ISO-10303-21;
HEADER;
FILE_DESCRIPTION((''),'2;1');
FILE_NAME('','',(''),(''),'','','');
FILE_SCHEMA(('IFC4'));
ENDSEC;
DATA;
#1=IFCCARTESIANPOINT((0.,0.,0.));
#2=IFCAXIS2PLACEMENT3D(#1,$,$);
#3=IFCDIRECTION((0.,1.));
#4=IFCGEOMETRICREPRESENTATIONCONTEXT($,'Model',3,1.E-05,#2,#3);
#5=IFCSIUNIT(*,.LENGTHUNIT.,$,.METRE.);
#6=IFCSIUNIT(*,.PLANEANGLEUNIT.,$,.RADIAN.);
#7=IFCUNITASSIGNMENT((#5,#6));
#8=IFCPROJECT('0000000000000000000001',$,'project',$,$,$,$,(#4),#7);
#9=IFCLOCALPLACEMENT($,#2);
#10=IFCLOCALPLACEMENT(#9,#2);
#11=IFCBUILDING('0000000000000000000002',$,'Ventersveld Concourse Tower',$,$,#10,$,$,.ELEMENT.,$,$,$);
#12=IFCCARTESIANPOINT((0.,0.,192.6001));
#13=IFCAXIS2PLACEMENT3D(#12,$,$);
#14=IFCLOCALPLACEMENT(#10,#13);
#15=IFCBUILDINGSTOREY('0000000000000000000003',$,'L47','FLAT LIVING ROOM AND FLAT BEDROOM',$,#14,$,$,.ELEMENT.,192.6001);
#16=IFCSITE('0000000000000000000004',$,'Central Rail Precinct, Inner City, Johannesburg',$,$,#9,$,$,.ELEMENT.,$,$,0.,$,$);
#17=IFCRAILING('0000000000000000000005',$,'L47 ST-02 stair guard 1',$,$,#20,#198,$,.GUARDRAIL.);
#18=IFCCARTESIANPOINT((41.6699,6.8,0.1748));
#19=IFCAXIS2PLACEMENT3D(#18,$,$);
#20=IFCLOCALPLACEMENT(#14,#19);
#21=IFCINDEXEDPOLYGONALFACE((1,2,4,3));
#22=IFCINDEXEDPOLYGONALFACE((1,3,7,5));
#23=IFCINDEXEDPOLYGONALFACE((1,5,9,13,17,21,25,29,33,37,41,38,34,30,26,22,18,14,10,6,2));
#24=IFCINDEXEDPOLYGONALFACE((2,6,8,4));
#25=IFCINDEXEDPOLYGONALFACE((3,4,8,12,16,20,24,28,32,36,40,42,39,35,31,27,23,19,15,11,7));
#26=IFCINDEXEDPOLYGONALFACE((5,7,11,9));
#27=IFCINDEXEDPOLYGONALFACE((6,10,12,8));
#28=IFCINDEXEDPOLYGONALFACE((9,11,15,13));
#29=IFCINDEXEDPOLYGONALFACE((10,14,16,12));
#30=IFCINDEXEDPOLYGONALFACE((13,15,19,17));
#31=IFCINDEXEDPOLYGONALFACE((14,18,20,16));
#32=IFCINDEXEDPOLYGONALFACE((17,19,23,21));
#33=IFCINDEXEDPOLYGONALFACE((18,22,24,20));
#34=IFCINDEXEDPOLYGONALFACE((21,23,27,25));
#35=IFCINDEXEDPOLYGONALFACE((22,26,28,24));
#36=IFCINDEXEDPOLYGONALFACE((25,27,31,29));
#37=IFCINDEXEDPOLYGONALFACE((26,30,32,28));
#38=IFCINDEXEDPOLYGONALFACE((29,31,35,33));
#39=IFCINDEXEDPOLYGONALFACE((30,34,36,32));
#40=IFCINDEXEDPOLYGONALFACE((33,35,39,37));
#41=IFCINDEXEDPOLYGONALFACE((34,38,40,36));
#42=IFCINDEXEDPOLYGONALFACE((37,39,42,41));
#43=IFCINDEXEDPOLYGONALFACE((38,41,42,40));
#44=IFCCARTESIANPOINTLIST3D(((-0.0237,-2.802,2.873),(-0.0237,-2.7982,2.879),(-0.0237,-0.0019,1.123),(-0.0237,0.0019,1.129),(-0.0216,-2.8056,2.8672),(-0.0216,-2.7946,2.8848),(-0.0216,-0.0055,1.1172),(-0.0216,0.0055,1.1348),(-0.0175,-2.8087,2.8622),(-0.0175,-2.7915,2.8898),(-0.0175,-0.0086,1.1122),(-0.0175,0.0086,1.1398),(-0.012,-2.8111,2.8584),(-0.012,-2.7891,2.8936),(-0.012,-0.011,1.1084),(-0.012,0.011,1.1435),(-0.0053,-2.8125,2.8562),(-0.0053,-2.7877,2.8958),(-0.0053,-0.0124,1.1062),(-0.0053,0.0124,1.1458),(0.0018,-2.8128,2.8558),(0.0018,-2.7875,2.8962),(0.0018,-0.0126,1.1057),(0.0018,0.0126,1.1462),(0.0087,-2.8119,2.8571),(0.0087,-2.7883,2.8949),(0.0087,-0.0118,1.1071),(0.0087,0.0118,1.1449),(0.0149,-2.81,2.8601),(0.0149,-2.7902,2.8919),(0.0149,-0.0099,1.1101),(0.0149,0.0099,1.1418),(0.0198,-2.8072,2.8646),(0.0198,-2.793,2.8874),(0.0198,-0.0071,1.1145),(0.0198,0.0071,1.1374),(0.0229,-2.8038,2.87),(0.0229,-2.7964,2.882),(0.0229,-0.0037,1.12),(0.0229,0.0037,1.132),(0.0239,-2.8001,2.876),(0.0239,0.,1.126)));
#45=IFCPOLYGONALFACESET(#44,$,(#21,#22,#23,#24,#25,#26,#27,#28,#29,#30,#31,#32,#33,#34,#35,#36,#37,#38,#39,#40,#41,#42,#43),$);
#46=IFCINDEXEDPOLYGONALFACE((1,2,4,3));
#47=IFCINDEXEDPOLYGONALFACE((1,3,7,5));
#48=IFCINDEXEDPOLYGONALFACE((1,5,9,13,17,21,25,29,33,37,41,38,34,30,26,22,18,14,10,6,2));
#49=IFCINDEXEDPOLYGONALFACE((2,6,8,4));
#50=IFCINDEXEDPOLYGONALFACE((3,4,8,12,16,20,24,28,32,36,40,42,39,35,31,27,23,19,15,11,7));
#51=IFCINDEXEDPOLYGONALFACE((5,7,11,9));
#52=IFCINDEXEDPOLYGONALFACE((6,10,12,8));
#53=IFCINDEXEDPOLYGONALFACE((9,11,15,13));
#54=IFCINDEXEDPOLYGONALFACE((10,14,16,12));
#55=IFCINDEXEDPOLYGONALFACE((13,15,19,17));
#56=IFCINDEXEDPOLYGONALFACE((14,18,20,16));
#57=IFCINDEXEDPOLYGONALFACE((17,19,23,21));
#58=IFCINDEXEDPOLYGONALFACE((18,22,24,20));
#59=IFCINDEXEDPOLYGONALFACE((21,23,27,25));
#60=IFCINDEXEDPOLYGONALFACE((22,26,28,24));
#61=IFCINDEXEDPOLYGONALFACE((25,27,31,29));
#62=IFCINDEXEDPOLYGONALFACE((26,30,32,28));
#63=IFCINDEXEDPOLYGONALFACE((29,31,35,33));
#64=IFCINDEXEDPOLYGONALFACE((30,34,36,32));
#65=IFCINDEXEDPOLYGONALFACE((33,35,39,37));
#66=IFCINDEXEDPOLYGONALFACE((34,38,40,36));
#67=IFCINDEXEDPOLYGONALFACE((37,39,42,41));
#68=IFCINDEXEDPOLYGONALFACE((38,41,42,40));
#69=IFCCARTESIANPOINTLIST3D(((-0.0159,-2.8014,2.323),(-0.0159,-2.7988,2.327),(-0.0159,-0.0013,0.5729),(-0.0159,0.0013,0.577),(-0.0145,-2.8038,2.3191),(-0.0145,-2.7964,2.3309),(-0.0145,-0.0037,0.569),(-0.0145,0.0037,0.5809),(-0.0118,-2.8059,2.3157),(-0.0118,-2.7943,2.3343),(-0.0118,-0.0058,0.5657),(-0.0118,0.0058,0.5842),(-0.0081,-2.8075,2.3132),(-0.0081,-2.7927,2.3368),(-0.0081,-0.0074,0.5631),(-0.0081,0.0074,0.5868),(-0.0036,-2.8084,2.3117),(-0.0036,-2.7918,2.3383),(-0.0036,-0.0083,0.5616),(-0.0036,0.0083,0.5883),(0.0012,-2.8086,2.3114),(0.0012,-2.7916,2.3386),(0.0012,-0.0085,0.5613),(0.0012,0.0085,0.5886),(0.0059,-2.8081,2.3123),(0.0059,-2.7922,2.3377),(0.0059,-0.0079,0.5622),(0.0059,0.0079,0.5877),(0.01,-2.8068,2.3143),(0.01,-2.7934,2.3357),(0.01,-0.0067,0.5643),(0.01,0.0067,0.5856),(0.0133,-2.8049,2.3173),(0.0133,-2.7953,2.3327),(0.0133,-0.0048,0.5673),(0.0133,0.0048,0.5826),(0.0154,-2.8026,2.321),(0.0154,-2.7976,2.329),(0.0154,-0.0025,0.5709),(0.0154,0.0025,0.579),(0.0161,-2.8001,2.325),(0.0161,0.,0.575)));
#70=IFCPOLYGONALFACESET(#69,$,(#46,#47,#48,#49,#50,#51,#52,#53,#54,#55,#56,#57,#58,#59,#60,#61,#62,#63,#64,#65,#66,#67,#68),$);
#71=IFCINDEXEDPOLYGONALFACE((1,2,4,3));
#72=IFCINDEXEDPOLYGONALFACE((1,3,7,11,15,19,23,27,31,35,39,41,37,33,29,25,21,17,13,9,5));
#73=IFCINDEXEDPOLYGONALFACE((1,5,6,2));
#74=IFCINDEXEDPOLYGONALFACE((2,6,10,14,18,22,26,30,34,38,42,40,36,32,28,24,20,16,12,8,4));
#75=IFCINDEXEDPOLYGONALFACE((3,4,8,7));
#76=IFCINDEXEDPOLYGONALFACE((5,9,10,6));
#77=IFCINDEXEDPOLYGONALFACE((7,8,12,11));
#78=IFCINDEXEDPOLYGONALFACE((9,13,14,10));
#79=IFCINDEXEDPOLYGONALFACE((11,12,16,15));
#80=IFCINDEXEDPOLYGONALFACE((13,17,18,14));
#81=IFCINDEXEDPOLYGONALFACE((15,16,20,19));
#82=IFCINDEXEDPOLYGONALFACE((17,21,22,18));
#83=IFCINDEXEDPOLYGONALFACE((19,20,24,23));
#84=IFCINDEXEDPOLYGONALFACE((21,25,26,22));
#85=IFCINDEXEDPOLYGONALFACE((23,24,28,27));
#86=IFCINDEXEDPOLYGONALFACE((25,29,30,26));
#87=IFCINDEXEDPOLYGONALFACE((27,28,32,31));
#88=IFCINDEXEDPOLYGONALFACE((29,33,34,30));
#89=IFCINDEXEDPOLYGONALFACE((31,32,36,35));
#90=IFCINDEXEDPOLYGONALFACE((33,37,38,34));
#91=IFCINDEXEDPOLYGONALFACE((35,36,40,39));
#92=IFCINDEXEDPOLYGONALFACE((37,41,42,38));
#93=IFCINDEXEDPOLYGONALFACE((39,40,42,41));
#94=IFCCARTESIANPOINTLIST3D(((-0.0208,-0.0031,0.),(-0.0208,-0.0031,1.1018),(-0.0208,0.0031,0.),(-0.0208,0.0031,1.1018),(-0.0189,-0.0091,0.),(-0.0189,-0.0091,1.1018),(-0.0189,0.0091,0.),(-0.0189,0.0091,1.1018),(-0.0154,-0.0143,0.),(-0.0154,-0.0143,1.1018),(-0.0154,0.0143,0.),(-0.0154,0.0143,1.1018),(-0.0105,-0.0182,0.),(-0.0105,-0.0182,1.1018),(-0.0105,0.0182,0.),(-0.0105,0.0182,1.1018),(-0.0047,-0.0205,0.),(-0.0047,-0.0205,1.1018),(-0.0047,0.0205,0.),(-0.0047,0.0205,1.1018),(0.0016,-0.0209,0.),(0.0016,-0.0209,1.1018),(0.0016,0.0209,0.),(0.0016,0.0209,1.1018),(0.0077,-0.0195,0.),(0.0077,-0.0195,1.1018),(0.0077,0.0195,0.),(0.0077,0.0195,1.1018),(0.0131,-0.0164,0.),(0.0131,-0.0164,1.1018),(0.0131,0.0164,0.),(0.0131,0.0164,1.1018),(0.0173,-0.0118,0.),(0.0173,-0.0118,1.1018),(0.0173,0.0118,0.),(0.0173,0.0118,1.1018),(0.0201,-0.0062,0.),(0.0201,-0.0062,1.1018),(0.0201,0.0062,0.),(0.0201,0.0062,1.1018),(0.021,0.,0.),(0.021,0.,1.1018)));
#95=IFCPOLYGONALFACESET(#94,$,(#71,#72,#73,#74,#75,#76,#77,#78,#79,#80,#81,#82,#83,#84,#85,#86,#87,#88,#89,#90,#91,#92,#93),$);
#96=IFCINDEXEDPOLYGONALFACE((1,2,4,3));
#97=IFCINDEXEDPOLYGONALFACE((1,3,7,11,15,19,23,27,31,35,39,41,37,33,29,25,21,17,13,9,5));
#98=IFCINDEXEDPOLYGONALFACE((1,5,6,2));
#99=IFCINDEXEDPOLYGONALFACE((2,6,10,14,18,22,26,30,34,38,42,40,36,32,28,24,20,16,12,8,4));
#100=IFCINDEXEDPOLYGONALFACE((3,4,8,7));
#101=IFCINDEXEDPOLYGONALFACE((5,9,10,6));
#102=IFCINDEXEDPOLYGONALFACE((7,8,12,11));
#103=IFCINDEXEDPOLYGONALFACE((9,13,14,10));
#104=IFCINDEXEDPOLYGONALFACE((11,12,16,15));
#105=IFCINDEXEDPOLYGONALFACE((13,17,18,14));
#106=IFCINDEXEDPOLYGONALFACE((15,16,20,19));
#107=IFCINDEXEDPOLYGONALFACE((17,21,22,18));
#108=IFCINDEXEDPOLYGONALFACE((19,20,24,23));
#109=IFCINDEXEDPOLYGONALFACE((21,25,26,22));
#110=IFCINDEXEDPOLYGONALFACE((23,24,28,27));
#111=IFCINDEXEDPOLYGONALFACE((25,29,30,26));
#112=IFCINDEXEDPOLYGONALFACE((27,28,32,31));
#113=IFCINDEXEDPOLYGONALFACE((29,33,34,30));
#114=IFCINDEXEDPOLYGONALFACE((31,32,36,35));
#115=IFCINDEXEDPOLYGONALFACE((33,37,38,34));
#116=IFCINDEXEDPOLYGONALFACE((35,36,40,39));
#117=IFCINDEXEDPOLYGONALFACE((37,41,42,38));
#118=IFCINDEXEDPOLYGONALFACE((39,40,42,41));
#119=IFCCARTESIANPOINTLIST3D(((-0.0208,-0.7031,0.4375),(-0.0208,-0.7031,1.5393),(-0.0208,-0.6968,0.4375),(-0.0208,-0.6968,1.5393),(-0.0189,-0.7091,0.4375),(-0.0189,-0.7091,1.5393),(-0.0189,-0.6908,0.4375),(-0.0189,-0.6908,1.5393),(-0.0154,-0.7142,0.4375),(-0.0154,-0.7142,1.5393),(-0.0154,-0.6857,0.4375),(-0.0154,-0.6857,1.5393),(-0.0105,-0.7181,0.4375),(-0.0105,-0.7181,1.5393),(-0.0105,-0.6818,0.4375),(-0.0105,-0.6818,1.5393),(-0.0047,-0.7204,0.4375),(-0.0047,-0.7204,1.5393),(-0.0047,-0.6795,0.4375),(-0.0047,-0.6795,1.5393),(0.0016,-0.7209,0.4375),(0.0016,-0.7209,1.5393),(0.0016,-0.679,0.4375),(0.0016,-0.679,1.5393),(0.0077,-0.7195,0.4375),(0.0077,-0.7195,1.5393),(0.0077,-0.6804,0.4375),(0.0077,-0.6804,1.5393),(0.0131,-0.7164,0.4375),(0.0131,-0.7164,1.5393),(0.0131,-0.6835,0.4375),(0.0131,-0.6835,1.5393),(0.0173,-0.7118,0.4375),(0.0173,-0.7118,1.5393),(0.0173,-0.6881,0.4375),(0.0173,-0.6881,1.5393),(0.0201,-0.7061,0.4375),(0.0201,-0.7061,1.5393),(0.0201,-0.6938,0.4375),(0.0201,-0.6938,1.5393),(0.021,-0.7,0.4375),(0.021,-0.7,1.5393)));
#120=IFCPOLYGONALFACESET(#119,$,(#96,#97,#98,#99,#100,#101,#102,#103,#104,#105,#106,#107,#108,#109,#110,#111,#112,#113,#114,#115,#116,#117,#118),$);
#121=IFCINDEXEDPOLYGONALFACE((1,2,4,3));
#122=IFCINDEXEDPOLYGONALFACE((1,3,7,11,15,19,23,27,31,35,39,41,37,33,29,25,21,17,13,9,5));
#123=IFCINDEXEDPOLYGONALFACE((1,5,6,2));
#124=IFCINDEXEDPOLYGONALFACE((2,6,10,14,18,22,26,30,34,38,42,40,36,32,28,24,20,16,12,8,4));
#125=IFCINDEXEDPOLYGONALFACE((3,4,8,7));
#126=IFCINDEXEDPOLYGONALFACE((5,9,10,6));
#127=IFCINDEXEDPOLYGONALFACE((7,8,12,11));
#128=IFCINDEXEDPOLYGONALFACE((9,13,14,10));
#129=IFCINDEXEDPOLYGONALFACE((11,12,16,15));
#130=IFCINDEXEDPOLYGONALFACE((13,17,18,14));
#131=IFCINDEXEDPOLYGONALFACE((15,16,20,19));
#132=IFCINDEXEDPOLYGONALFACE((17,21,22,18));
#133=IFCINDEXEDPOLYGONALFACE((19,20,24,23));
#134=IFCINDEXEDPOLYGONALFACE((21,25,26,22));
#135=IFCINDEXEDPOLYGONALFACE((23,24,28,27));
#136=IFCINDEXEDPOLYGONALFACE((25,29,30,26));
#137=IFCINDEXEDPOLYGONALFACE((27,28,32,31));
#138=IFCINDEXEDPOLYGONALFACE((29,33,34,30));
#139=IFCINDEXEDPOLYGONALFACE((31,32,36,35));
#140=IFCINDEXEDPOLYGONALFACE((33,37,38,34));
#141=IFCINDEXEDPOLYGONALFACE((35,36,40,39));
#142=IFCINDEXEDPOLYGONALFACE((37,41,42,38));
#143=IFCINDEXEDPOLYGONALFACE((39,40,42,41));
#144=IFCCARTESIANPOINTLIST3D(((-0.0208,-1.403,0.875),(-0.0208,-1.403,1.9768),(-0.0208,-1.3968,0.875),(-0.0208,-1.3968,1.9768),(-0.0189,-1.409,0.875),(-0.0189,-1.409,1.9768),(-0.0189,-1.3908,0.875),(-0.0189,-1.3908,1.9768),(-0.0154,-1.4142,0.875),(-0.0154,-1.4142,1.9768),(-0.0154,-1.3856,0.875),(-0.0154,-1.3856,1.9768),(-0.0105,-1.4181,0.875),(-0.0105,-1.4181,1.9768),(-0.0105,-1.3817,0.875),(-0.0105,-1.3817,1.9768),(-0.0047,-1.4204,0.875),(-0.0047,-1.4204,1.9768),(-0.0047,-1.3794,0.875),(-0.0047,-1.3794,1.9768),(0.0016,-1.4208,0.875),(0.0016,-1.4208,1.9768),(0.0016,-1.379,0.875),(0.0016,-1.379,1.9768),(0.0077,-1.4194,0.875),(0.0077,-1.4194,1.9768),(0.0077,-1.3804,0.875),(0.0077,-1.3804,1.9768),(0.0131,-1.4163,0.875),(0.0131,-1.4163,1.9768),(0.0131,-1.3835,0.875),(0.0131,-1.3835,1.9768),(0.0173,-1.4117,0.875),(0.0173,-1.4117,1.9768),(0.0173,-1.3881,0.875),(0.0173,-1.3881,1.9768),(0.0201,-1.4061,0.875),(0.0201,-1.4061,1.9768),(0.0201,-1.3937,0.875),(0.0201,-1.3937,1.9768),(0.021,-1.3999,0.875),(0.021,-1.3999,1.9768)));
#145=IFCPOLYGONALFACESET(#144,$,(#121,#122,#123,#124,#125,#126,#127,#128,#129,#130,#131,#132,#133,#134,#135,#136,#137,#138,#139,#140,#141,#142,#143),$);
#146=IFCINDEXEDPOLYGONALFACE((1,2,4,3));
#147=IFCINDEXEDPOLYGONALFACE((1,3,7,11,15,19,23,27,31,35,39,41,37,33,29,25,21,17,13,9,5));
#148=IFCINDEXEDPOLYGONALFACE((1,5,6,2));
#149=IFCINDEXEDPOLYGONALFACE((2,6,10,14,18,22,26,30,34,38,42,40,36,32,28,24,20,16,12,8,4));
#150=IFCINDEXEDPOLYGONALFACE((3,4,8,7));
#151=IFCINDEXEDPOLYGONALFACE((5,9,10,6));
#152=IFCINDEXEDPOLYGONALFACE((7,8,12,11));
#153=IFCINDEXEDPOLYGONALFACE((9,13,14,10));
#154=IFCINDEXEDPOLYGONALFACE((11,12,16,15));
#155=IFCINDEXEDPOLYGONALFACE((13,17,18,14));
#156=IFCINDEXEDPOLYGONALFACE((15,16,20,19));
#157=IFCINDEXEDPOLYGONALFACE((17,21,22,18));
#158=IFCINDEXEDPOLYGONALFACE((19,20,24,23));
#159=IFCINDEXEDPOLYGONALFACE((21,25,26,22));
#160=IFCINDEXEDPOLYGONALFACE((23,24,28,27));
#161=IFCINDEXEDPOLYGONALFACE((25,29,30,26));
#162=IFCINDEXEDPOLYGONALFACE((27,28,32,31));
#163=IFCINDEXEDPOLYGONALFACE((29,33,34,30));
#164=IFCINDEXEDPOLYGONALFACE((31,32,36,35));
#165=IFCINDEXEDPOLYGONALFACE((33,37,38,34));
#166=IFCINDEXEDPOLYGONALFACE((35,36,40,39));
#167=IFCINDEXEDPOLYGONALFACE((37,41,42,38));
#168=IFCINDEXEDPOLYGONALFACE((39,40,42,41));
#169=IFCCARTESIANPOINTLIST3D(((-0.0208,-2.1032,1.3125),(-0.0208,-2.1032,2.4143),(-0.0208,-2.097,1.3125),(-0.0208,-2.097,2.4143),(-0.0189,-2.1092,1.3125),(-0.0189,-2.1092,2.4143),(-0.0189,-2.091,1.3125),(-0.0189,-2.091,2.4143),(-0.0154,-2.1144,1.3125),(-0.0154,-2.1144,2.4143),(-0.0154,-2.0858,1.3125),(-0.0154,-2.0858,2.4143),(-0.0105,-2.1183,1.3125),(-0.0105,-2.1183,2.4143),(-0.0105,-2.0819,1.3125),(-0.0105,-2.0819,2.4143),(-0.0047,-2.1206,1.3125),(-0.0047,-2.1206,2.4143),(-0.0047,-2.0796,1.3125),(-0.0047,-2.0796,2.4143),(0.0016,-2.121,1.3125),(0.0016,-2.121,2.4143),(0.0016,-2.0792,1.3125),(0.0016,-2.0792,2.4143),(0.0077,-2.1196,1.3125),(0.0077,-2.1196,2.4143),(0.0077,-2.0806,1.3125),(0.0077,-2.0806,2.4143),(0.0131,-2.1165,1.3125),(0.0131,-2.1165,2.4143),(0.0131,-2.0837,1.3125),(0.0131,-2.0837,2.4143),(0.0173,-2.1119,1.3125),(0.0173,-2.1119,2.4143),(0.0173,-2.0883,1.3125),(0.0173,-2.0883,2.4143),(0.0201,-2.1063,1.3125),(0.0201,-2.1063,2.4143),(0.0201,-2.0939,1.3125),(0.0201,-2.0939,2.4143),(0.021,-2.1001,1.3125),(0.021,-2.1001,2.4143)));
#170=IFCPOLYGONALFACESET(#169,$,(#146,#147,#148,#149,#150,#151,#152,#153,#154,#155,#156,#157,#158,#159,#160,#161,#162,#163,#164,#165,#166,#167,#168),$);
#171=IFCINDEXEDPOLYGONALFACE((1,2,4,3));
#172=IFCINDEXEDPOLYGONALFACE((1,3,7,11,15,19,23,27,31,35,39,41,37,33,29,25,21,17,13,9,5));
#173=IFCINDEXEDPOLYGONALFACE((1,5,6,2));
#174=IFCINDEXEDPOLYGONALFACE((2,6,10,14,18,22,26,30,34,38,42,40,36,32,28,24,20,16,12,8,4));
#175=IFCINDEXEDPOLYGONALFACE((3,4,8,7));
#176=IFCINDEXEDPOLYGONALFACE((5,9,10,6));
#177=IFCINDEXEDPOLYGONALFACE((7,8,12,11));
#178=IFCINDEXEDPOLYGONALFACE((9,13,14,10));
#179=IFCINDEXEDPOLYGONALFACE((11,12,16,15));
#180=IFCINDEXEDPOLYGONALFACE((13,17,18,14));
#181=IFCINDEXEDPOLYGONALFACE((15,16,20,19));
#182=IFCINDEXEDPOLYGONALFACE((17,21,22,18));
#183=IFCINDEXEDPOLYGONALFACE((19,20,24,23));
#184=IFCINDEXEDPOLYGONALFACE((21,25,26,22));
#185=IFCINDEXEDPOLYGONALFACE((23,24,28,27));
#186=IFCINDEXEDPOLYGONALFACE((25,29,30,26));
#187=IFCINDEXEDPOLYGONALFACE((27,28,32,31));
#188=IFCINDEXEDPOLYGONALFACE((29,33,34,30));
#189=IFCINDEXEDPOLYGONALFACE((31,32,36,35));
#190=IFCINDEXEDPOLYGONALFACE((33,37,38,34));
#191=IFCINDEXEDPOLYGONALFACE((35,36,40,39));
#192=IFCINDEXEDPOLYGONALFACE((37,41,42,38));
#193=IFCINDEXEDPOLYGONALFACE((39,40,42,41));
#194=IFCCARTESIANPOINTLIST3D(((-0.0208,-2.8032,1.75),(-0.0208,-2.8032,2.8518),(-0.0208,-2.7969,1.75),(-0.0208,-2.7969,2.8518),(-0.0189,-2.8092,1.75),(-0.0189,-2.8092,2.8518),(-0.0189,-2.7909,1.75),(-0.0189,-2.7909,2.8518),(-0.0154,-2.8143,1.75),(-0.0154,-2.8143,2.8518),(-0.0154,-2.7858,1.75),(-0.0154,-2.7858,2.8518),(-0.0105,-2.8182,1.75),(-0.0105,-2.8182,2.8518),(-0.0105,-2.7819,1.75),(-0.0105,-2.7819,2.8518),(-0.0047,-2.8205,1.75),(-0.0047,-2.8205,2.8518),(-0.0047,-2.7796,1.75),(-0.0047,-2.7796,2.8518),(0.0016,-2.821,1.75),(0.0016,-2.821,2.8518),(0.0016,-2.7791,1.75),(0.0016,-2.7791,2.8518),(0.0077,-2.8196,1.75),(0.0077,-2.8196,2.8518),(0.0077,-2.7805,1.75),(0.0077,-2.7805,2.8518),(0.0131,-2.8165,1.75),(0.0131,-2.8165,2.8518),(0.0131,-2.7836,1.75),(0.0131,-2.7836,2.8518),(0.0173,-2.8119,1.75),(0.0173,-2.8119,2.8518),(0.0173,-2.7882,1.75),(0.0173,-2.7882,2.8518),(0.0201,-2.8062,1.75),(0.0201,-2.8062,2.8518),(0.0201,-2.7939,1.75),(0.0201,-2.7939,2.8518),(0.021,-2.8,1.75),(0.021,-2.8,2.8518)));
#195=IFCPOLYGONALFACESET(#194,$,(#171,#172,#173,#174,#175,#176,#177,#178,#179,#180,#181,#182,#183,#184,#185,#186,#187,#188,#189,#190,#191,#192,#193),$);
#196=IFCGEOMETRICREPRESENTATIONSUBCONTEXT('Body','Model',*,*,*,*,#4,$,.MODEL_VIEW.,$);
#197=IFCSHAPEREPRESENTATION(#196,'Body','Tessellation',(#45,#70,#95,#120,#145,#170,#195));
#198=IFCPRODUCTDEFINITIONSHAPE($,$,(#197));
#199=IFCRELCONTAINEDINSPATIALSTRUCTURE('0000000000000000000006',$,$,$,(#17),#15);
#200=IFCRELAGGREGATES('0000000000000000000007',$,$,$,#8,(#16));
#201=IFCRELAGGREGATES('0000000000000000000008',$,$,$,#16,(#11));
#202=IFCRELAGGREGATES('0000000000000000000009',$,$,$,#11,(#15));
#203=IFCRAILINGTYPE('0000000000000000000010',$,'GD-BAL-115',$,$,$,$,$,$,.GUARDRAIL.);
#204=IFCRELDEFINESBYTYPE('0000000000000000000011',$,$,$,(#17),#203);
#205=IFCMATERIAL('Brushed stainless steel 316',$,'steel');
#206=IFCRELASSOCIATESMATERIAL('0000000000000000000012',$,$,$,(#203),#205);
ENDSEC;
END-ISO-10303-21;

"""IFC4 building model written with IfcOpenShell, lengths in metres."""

from ifc_helpers import new_model, si_unit, direction, frame, origin, origin_2d, place, context, subcontext, project, spatial, circle, extrude, material, type_object, element, save


model = new_model("IFC4")

# Units and contexts
model_context = context("Model", 3, precision=1e-05, world=origin(), true_north=direction((0.0, 1.0)))
body_context = subcontext(model_context, "Body", "Model", "MODEL_VIEW")
ifc_project = project(units=[si_unit("LENGTHUNIT", "METRE"), si_unit("PLANEANGLEUNIT", "RADIAN")], contexts=[model_context])

# Site, building, storey
site_placement = place(None, origin())
site = spatial("IfcSite", under=ifc_project, at=site_placement, Name="Central Rail Precinct, Inner City, Johannesburg", CompositionType="ELEMENT", RefElevation=0.0)
building_placement = place(site_placement, origin())
building = spatial("IfcBuilding", under=site, at=building_placement, Name="Ventersveld Concourse Tower", CompositionType="ELEMENT")
storey_placement = place(building_placement, frame((0.0, 0.0, 192.6001)))
storey = spatial("IfcBuildingStorey", under=building, at=storey_placement, Name="L47", Description="FLAT LIVING ROOM AND FLAT BEDROOM", CompositionType="ELEMENT", Elevation=192.6001)

# Railing
ifc_material_1 = material(Name="Brushed stainless steel 316", Category="steel")
railing_type_1 = type_object("IfcRailingType", Name="GD-BAL-115", PredefinedType="GUARDRAIL", material=ifc_material_1)
railing_1_placement = place(storey_placement, frame((41.6699, 6.8, 0.1748)))
element("IfcRailing", 1, at=railing_1_placement, inside=storey, type_object=railing_type_1, Name="L47 ST-02 stair guard 1", PredefinedType="GUARDRAIL", context=body_context, shape_type="SweptSolid", body=[
    extrude(circle(Radius=0.0239, at=origin_2d()), frame((0.0, 0.0, 1.126), z_axis=(0.0, -0.848002, 0.529992), x_axis=(1.0, 0.0, 0.0)), (0.0, 0.0, 1.0), 3.302),
    extrude(circle(Radius=0.0161, at=origin_2d()), frame((0.0, 0.0, 0.575), z_axis=(0.0, -0.848002, 0.529992), x_axis=(1.0, 0.0, 0.0)), (0.0, 0.0, 1.0), 3.302),
    extrude(circle(Radius=0.021, at=origin_2d()), origin(), (0.0, 0.0, 1.0), 1.1018),
    extrude(circle(Radius=0.021, at=origin_2d()), frame((0.0, -0.7, 0.4375)), (0.0, 0.0, 1.0), 1.1018),
    extrude(circle(Radius=0.021, at=origin_2d()), frame((0.0, -1.3999, 0.875)), (0.0, 0.0, 1.0), 1.1018),
    extrude(circle(Radius=0.021, at=origin_2d()), frame((0.0, -2.1001, 1.3125)), (0.0, 0.0, 1.0), 1.1018),
    extrude(circle(Radius=0.021, at=origin_2d()), frame((0.0, -2.8, 1.75)), (0.0, 0.0, 1.0), 1.1018),
])

save(model, "model.ifc")
